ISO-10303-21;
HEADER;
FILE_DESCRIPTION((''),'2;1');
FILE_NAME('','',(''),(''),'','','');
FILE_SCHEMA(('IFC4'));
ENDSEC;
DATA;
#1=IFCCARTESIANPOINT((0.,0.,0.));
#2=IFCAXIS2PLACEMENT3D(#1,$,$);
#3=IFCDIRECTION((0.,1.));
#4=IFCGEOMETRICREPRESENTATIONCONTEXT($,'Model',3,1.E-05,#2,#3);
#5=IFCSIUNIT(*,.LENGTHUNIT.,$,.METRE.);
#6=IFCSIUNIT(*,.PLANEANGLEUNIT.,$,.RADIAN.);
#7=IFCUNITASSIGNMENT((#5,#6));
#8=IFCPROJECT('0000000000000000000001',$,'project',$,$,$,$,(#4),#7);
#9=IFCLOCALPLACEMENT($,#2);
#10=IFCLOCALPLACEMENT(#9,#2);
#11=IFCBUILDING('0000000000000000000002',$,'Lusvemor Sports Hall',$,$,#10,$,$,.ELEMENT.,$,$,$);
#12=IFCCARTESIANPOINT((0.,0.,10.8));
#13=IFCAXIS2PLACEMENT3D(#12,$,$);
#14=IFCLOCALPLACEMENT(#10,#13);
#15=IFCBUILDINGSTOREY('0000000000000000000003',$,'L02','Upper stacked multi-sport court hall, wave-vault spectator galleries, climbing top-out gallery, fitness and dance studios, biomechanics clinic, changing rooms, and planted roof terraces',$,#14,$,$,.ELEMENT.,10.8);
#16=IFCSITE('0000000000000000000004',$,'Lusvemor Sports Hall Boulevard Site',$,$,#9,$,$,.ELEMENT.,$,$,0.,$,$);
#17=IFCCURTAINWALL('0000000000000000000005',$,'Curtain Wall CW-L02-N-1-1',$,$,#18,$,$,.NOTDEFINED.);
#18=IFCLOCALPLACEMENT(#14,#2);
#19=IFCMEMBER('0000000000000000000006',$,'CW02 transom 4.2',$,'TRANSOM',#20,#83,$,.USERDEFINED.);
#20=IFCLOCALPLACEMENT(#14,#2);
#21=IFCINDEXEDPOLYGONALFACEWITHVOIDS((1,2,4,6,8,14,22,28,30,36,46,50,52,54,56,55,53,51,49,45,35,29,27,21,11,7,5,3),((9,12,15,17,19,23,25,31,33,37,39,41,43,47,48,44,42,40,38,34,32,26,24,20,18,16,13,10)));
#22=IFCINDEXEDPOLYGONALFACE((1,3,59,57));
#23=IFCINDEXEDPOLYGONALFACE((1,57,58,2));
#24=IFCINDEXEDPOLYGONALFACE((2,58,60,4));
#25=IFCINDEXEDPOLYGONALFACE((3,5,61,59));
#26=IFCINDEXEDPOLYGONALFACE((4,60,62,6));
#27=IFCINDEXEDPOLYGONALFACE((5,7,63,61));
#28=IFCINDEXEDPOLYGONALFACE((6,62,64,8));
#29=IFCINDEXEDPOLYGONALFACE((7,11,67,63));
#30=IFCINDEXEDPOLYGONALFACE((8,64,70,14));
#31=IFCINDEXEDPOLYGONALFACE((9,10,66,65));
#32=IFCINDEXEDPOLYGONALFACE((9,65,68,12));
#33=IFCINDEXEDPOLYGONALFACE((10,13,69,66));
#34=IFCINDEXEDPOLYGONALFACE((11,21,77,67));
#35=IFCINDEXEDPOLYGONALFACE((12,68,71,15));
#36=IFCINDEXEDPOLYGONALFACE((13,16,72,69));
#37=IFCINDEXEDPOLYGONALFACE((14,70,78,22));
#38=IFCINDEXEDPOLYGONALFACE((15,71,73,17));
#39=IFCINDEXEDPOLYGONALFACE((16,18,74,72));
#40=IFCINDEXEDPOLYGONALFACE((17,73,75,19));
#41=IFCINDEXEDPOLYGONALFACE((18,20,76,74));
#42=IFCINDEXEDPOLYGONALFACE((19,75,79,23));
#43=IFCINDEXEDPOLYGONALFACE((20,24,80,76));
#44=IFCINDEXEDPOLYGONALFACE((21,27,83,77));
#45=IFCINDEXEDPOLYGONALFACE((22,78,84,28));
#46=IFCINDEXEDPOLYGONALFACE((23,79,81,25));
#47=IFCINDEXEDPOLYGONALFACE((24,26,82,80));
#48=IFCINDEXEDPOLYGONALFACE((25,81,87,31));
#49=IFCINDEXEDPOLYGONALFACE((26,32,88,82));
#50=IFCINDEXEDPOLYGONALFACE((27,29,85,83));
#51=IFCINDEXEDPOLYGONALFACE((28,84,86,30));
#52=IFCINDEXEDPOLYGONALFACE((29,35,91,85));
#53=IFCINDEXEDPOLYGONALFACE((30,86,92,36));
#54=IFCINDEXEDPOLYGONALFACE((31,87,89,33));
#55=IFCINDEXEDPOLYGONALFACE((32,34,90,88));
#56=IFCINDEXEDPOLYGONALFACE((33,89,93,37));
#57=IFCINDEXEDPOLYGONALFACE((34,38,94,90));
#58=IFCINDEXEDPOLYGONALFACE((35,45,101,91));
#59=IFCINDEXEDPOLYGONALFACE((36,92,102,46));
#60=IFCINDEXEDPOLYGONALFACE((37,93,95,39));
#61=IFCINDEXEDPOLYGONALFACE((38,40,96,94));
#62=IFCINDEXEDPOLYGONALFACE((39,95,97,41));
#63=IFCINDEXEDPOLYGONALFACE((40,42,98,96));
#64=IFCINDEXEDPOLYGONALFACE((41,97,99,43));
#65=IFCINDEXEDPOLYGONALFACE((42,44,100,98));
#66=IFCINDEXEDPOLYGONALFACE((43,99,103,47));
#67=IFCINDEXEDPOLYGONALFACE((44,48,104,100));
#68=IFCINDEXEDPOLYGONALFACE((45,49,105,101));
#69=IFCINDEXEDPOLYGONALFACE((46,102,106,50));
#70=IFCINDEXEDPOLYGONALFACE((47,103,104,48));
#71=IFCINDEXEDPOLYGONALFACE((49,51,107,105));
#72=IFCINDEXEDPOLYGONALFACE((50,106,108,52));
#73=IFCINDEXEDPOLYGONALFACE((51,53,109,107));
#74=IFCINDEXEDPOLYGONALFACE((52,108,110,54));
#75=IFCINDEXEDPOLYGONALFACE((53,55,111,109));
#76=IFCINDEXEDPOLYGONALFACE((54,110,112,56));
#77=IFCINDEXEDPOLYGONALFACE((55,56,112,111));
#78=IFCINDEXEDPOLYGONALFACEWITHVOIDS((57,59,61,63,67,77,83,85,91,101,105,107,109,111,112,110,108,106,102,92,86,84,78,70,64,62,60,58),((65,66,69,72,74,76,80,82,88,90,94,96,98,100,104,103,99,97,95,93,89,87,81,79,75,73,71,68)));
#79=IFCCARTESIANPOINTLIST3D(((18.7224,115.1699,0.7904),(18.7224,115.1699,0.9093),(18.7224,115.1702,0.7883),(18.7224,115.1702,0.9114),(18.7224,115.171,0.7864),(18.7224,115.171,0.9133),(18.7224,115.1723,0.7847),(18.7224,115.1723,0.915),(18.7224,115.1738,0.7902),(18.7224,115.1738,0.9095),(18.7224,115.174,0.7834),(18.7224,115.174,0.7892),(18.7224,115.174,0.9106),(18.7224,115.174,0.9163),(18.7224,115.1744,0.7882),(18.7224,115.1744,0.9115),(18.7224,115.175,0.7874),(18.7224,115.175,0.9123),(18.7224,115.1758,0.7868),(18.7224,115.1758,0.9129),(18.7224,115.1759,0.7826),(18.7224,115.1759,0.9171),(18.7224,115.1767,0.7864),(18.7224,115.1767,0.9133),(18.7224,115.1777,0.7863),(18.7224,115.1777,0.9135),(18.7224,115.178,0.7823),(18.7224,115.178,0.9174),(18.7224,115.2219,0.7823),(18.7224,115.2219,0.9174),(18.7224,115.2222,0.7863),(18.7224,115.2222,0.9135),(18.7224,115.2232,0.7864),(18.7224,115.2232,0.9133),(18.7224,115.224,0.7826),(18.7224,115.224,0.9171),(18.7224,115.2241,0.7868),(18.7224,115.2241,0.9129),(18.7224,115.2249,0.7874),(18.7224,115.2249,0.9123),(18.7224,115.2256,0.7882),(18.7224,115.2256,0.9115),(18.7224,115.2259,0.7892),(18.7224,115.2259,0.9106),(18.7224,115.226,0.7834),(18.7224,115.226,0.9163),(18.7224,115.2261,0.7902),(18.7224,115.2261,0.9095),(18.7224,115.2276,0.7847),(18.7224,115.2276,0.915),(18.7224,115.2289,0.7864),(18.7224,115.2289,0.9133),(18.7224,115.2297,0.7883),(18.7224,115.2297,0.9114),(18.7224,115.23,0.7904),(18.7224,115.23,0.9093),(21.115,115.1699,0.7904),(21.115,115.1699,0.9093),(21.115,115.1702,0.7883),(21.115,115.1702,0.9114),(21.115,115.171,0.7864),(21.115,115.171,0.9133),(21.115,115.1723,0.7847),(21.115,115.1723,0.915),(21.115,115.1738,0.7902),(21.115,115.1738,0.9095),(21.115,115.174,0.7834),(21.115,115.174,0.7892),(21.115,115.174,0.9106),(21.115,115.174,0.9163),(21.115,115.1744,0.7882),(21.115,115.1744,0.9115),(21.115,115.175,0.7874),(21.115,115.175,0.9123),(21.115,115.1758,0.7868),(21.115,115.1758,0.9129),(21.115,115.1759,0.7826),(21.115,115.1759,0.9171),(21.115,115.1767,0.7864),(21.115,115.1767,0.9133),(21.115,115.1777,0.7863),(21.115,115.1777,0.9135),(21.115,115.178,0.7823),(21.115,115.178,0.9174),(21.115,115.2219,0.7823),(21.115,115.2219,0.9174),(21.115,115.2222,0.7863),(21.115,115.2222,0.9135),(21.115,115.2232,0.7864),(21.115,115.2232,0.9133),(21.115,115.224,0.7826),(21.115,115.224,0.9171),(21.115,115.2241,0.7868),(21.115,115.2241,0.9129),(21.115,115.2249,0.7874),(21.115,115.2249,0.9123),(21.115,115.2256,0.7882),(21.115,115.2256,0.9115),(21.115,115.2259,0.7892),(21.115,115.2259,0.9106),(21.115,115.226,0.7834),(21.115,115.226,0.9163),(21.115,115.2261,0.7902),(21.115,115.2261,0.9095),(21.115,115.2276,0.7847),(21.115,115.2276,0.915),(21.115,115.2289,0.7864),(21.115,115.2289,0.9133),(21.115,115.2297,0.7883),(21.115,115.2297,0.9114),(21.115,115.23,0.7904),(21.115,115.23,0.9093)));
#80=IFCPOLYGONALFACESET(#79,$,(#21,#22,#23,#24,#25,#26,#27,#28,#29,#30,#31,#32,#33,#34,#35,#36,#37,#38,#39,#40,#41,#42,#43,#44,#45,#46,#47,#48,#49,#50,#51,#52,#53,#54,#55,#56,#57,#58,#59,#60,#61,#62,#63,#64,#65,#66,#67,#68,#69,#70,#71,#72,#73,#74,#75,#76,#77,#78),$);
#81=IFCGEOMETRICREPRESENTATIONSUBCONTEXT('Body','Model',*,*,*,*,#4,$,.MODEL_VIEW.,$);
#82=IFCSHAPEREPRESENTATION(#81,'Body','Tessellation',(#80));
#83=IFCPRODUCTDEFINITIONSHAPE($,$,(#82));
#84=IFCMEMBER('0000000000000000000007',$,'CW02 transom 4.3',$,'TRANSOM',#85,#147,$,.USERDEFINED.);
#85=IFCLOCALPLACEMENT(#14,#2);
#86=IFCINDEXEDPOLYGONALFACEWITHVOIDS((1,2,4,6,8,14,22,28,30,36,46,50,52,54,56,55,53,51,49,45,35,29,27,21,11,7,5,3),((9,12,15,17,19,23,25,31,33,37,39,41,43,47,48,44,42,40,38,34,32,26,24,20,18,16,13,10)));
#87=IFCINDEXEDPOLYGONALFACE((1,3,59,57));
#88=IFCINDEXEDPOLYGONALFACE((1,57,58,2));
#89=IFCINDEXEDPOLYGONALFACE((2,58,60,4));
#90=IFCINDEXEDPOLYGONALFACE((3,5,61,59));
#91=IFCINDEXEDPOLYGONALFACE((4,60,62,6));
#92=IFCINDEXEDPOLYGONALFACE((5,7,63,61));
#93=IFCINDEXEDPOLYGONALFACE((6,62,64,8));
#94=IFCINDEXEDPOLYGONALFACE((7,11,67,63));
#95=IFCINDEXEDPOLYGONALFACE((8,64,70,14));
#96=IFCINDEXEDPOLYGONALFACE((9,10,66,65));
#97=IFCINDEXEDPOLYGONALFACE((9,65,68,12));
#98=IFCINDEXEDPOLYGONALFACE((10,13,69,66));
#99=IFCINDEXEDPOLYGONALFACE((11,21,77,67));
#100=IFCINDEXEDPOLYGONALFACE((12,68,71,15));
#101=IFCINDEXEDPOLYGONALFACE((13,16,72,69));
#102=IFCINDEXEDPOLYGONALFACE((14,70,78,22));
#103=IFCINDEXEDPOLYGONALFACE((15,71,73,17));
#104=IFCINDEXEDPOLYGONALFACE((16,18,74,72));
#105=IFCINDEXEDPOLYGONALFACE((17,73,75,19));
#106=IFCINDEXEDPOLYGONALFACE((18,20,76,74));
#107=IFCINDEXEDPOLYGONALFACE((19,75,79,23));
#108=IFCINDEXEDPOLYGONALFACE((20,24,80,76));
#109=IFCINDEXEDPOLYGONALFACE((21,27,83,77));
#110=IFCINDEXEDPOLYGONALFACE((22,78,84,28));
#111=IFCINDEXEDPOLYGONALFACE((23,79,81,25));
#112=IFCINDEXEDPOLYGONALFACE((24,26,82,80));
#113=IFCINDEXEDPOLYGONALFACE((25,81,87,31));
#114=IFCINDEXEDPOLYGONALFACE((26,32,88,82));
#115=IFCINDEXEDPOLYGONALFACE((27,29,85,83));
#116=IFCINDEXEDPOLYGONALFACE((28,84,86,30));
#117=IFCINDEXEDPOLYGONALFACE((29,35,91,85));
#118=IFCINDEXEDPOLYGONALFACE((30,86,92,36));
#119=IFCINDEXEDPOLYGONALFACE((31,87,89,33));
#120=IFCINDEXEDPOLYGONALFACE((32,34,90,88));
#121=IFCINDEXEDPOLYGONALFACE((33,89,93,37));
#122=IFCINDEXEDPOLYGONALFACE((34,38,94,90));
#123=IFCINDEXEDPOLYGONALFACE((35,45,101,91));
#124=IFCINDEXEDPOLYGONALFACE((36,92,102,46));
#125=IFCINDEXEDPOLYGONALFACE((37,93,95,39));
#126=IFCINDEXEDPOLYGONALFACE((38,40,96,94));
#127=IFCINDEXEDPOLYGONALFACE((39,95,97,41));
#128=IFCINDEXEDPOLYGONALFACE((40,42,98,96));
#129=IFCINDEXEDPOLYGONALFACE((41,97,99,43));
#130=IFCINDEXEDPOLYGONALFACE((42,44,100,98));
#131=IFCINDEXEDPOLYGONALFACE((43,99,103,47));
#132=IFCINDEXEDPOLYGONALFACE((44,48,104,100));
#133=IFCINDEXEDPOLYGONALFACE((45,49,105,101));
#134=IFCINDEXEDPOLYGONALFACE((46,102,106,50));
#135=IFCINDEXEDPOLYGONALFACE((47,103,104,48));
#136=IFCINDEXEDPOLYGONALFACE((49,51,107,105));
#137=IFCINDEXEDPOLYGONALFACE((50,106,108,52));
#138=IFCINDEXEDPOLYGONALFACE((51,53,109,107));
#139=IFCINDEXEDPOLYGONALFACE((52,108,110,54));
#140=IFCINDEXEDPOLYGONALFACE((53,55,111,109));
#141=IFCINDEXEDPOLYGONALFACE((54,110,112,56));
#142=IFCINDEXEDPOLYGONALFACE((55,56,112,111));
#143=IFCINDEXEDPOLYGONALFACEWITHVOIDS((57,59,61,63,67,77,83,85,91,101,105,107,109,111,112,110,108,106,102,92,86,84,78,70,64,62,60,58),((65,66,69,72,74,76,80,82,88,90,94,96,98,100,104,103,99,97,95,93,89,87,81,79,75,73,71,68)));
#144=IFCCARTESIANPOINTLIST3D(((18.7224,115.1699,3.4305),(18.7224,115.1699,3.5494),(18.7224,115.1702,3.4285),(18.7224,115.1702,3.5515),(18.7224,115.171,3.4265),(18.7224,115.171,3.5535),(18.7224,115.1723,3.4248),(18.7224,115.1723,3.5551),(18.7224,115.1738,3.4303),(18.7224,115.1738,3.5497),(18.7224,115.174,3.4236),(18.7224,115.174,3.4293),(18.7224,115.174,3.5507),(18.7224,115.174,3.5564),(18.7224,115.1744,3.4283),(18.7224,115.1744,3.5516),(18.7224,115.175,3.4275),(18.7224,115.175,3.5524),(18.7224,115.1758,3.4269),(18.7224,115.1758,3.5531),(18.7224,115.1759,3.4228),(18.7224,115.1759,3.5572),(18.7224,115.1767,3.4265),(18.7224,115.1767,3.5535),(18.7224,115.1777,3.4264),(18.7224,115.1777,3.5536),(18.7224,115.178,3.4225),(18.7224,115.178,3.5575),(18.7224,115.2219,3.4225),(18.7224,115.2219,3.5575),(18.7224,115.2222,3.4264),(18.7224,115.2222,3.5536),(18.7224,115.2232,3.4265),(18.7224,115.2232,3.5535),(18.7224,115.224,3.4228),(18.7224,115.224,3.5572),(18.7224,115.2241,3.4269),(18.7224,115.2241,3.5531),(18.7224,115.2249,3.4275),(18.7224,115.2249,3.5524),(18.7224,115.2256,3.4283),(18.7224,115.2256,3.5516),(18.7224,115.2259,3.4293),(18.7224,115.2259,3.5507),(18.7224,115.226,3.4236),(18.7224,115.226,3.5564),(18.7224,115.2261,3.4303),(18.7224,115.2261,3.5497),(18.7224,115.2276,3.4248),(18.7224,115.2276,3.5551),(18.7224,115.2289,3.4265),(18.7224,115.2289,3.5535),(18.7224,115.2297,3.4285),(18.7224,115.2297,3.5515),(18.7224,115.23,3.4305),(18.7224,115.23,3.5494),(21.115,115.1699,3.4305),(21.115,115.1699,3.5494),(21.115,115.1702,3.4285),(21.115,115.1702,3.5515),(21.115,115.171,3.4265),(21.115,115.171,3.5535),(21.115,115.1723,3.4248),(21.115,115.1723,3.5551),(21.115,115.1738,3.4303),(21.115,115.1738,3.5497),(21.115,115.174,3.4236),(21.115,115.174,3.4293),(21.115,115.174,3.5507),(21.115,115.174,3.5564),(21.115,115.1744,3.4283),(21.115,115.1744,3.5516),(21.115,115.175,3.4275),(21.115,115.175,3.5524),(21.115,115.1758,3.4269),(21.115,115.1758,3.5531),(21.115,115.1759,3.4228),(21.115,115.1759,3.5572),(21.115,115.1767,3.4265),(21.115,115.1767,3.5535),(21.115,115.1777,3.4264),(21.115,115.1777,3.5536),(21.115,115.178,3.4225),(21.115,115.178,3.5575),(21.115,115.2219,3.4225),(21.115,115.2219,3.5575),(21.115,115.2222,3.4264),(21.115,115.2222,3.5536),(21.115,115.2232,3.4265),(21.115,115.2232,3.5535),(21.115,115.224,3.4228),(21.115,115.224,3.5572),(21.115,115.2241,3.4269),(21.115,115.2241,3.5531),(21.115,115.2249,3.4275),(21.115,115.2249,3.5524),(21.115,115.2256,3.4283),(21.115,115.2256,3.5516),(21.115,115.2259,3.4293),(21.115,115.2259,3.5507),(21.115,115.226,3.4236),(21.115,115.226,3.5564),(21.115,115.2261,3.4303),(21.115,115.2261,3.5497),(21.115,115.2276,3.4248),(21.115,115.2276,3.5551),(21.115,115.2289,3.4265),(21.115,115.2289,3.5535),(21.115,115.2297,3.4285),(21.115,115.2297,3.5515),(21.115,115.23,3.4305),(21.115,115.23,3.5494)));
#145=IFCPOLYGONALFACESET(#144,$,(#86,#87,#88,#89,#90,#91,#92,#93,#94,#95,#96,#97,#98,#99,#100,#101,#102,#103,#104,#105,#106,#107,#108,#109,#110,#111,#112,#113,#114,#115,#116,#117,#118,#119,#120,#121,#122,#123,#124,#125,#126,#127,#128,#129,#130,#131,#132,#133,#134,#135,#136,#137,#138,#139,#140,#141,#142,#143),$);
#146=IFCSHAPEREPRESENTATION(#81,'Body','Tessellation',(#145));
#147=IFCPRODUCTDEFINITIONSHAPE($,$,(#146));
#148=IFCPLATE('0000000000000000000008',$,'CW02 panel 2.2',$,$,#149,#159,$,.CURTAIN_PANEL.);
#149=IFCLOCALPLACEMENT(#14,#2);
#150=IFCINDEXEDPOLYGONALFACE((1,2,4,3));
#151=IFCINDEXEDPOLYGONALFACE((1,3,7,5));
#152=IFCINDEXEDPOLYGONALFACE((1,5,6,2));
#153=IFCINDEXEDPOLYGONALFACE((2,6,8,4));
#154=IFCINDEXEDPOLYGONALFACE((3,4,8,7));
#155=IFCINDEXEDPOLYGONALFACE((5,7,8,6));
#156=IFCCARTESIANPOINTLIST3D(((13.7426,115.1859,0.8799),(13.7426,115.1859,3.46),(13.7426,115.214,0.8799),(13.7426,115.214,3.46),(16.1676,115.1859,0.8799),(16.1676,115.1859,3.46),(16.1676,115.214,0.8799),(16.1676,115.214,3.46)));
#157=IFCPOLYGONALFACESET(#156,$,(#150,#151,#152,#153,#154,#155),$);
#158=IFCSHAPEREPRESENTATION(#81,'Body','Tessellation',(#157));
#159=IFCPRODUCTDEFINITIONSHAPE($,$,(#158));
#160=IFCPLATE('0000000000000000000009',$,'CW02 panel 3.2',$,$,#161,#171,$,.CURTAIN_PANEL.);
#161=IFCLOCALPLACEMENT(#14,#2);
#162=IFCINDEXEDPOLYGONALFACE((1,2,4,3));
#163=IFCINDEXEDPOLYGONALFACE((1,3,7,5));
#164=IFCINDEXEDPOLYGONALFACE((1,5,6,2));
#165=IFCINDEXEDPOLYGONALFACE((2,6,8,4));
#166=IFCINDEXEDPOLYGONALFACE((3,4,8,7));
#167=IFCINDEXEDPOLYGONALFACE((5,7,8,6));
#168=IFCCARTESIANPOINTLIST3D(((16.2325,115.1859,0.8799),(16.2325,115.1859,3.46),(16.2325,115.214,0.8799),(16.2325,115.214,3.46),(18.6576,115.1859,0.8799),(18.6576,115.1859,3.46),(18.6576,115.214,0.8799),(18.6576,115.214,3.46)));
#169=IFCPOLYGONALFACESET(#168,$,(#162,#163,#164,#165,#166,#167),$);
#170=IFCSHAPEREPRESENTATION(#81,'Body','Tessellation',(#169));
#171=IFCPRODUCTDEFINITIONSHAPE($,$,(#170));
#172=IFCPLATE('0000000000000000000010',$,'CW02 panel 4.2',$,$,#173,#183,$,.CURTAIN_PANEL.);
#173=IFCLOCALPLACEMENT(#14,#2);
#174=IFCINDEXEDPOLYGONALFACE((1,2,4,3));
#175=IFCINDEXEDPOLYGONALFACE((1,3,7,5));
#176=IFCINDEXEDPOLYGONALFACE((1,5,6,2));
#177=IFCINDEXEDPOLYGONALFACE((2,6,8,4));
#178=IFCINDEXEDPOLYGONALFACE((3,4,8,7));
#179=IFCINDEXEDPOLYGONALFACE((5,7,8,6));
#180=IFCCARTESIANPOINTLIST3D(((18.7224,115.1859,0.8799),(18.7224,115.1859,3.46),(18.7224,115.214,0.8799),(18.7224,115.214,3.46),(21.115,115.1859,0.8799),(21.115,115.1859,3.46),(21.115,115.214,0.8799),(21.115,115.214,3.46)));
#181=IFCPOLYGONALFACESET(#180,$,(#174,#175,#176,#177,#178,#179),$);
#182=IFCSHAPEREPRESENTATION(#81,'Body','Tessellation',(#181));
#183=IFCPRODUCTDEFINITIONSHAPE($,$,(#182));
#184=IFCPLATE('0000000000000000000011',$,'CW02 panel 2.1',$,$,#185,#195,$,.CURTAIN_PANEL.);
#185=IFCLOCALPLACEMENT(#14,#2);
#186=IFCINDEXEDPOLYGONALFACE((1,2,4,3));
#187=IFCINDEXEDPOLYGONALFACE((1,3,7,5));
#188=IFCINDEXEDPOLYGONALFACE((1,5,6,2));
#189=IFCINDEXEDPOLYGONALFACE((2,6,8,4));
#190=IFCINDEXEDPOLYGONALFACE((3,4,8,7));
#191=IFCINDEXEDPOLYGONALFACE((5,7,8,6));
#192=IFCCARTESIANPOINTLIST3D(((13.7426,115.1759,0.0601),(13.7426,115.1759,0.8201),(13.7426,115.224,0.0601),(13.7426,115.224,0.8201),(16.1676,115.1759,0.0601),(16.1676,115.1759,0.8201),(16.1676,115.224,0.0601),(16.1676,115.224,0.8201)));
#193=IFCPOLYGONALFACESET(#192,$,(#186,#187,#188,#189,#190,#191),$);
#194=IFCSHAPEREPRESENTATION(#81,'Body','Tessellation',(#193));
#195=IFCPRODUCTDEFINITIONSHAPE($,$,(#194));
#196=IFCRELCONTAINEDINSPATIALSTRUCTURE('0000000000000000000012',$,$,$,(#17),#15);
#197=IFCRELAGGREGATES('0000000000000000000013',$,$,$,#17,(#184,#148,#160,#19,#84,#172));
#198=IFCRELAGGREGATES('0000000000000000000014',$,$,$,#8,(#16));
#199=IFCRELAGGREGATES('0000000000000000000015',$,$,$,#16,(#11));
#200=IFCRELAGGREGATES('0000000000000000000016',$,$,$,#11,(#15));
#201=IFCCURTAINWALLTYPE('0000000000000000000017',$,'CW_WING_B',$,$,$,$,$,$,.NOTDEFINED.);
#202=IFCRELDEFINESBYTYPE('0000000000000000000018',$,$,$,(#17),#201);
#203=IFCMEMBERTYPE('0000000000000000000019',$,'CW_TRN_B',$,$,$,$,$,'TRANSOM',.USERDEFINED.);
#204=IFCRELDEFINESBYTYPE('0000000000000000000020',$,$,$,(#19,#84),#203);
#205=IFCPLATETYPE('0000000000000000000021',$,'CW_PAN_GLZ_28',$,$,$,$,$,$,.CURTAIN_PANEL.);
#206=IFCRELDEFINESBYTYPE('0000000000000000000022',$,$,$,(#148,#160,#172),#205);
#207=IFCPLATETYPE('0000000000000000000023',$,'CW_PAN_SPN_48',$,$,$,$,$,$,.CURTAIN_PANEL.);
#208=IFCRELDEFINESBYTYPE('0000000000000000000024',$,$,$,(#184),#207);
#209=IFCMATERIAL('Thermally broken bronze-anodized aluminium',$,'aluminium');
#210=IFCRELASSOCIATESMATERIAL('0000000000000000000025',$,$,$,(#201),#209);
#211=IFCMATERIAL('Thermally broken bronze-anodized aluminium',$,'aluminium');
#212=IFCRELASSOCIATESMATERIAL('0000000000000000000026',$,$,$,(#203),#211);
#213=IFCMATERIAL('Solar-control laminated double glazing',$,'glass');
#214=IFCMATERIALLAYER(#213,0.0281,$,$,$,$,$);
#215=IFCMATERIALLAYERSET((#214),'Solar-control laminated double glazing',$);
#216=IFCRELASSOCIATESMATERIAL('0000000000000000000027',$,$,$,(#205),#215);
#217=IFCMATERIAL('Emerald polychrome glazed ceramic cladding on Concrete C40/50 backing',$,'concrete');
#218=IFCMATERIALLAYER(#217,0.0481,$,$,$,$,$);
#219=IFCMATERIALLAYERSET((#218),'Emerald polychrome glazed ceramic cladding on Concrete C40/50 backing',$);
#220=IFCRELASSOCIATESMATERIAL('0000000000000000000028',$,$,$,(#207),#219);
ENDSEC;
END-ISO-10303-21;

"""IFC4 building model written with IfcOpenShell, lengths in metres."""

from ifc_helpers import new_model, si_unit, direction, frame, origin, origin_2d, place, context, subcontext, project, spatial, rectangle, hollow_rectangle, extrude, material, layer, layer_set, material_profile, profile_set, type_object, element, aggregate, save


model = new_model("IFC4")

# Units and contexts
model_context = context("Model", 3, precision=1e-05, world=origin(), true_north=direction((0.0, 1.0)))
body_context = subcontext(model_context, "Body", "Model", "MODEL_VIEW")
ifc_project = project(units=[si_unit("LENGTHUNIT", "METRE"), si_unit("PLANEANGLEUNIT", "RADIAN")], contexts=[model_context])

# Site, building, storey
site_placement = place(None, origin())
site = spatial("IfcSite", under=ifc_project, at=site_placement, Name="Lusvemor Sports Hall Boulevard Site", CompositionType="ELEMENT", RefElevation=0.0)
building_placement = place(site_placement, origin())
building = spatial("IfcBuilding", under=site, at=building_placement, Name="Lusvemor Sports Hall", CompositionType="ELEMENT")
storey_placement = place(building_placement, frame((0.0, 0.0, 10.8)))
storey = spatial("IfcBuildingStorey", under=building, at=storey_placement, Name="L02", Description="Upper stacked multi-sport court hall, wave-vault spectator galleries, climbing top-out gallery, fitness and dance studios, biomechanics clinic, changing rooms, and planted roof terraces", CompositionType="ELEMENT", Elevation=10.8)

# Curtain wall, members, plates
ifc_material_1 = material(Name="Thermally broken bronze-anodized aluminium", Category="aluminium")
curtain_wall_type = type_object("IfcCurtainWallType", Name="CW_WING_B", PredefinedType="NOTDEFINED", material=ifc_material_1)
curtain_wall_placement = place(storey_placement, origin())
curtain_wall = element("IfcCurtainWall", 1, at=curtain_wall_placement, inside=storey, type_object=curtain_wall_type, Name="Curtain Wall CW-L02-N-1-1", PredefinedType="NOTDEFINED")
ifc_material_2 = material(Name="Thermally broken bronze-anodized aluminium", Category="aluminium")
ifc_material_profile_1 = material_profile(ifc_material_2, hollow_rectangle(XDim=0.0601, YDim=0.135, WallThickness=0.0039, InnerFilletRadius=0.0039, OuterFilletRadius=0.0081, at=origin_2d()), Name="CWTRN135x60x4")
ifc_profile_set_1 = profile_set([ifc_material_profile_1], Name="Thermally broken bronze-anodized aluminium")
member_type_1 = type_object("IfcMemberType", Name="CW_TRN_B", ElementType="TRANSOM", PredefinedType="USERDEFINED", material=ifc_profile_set_1)
member_1_placement = place(storey_placement, frame((18.7224, 115.2, 0.8499), z_axis=(1.0, 0.0, 0.0), x_axis=(0.0, 1.0, 0.0)))
member_1 = element("IfcMember", 2, at=member_1_placement, type_object=member_type_1, Name="CW02 transom 4.2", ObjectType="TRANSOM", PredefinedType="USERDEFINED", context=body_context, shape_type="SweptSolid", body=[
    extrude(hollow_rectangle(XDim=0.0601, YDim=0.135, WallThickness=0.0039, InnerFilletRadius=0.0039, OuterFilletRadius=0.0081, at=origin_2d()), origin(), (0.0, 0.0, 1.0), 2.3926),
])
member_2_placement = place(storey_placement, frame((18.7224, 115.2, 3.49), z_axis=(1.0, 0.0, 0.0), x_axis=(0.0, 1.0, 0.0)))
member_2 = element("IfcMember", 3, at=member_2_placement, type_object=member_type_1, Name="CW02 transom 4.3", ObjectType="TRANSOM", PredefinedType="USERDEFINED", context=body_context, shape_type="SweptSolid", body=[
    extrude(hollow_rectangle(XDim=0.0601, YDim=0.135, WallThickness=0.0039, InnerFilletRadius=0.0039, OuterFilletRadius=0.0081, at=origin_2d()), origin(), (0.0, 0.0, 1.0), 2.3926),
])
ifc_material_3 = material(Name="Solar-control laminated double glazing", Category="glass")
ifc_layer_1 = layer(ifc_material_3, 0.0281)
ifc_layer_set_1 = layer_set([ifc_layer_1], Name="Solar-control laminated double glazing")
plate_type_1 = type_object("IfcPlateType", Name="CW_PAN_GLZ_28", PredefinedType="CURTAIN_PANEL", material=ifc_layer_set_1)
plate_1_placement = place(storey_placement, frame((14.9551, 115.2, 0.8799), z_axis=(0.0, 0.0, 1.0), x_axis=(1.0, 0.0, 0.0)))
plate_1 = element("IfcPlate", 4, at=plate_1_placement, type_object=plate_type_1, Name="CW02 panel 2.2", PredefinedType="CURTAIN_PANEL", context=body_context, shape_type="SweptSolid", body=[
    extrude(rectangle(XDim=2.425, YDim=0.0281, at=origin_2d()), origin(), (0.0, 0.0, 1.0), 2.5801),
])
plate_2_placement = place(storey_placement, frame((17.4451, 115.2, 0.8799), z_axis=(0.0, 0.0, 1.0), x_axis=(1.0, 0.0, 0.0)))
plate_2 = element("IfcPlate", 5, at=plate_2_placement, type_object=plate_type_1, Name="CW02 panel 3.2", PredefinedType="CURTAIN_PANEL", context=body_context, shape_type="SweptSolid", body=[
    extrude(rectangle(XDim=2.425, YDim=0.0281, at=origin_2d()), origin(), (0.0, 0.0, 1.0), 2.5801),
])
plate_3_placement = place(storey_placement, frame((19.9187, 115.2, 0.8799), z_axis=(0.0, 0.0, 1.0), x_axis=(1.0, 0.0, 0.0)))
plate_3 = element("IfcPlate", 6, at=plate_3_placement, type_object=plate_type_1, Name="CW02 panel 4.2", PredefinedType="CURTAIN_PANEL", context=body_context, shape_type="SweptSolid", body=[
    extrude(rectangle(XDim=2.3926, YDim=0.0281, at=origin_2d()), origin(), (0.0, 0.0, 1.0), 2.5801),
])
ifc_material_4 = material(Name="Emerald polychrome glazed ceramic cladding on Concrete C40/50 backing", Category="concrete")
ifc_layer_2 = layer(ifc_material_4, 0.0481)
ifc_layer_set_2 = layer_set([ifc_layer_2], Name="Emerald polychrome glazed ceramic cladding on Concrete C40/50 backing")
plate_type_2 = type_object("IfcPlateType", Name="CW_PAN_SPN_48", PredefinedType="CURTAIN_PANEL", material=ifc_layer_set_2)
plate_4_placement = place(storey_placement, frame((14.9551, 115.2, 0.0601), z_axis=(0.0, 0.0, 1.0), x_axis=(1.0, 0.0, 0.0)))
plate_4 = element("IfcPlate", 7, at=plate_4_placement, type_object=plate_type_2, Name="CW02 panel 2.1", PredefinedType="CURTAIN_PANEL", context=body_context, shape_type="SweptSolid", body=[
    extrude(rectangle(XDim=2.425, YDim=0.0481, at=origin_2d()), origin(), (0.0, 0.0, 1.0), 0.76),
])
aggregate(curtain_wall, [plate_4, plate_1, plate_2, member_1, member_2, plate_3])

save(model, "model.ifc")
